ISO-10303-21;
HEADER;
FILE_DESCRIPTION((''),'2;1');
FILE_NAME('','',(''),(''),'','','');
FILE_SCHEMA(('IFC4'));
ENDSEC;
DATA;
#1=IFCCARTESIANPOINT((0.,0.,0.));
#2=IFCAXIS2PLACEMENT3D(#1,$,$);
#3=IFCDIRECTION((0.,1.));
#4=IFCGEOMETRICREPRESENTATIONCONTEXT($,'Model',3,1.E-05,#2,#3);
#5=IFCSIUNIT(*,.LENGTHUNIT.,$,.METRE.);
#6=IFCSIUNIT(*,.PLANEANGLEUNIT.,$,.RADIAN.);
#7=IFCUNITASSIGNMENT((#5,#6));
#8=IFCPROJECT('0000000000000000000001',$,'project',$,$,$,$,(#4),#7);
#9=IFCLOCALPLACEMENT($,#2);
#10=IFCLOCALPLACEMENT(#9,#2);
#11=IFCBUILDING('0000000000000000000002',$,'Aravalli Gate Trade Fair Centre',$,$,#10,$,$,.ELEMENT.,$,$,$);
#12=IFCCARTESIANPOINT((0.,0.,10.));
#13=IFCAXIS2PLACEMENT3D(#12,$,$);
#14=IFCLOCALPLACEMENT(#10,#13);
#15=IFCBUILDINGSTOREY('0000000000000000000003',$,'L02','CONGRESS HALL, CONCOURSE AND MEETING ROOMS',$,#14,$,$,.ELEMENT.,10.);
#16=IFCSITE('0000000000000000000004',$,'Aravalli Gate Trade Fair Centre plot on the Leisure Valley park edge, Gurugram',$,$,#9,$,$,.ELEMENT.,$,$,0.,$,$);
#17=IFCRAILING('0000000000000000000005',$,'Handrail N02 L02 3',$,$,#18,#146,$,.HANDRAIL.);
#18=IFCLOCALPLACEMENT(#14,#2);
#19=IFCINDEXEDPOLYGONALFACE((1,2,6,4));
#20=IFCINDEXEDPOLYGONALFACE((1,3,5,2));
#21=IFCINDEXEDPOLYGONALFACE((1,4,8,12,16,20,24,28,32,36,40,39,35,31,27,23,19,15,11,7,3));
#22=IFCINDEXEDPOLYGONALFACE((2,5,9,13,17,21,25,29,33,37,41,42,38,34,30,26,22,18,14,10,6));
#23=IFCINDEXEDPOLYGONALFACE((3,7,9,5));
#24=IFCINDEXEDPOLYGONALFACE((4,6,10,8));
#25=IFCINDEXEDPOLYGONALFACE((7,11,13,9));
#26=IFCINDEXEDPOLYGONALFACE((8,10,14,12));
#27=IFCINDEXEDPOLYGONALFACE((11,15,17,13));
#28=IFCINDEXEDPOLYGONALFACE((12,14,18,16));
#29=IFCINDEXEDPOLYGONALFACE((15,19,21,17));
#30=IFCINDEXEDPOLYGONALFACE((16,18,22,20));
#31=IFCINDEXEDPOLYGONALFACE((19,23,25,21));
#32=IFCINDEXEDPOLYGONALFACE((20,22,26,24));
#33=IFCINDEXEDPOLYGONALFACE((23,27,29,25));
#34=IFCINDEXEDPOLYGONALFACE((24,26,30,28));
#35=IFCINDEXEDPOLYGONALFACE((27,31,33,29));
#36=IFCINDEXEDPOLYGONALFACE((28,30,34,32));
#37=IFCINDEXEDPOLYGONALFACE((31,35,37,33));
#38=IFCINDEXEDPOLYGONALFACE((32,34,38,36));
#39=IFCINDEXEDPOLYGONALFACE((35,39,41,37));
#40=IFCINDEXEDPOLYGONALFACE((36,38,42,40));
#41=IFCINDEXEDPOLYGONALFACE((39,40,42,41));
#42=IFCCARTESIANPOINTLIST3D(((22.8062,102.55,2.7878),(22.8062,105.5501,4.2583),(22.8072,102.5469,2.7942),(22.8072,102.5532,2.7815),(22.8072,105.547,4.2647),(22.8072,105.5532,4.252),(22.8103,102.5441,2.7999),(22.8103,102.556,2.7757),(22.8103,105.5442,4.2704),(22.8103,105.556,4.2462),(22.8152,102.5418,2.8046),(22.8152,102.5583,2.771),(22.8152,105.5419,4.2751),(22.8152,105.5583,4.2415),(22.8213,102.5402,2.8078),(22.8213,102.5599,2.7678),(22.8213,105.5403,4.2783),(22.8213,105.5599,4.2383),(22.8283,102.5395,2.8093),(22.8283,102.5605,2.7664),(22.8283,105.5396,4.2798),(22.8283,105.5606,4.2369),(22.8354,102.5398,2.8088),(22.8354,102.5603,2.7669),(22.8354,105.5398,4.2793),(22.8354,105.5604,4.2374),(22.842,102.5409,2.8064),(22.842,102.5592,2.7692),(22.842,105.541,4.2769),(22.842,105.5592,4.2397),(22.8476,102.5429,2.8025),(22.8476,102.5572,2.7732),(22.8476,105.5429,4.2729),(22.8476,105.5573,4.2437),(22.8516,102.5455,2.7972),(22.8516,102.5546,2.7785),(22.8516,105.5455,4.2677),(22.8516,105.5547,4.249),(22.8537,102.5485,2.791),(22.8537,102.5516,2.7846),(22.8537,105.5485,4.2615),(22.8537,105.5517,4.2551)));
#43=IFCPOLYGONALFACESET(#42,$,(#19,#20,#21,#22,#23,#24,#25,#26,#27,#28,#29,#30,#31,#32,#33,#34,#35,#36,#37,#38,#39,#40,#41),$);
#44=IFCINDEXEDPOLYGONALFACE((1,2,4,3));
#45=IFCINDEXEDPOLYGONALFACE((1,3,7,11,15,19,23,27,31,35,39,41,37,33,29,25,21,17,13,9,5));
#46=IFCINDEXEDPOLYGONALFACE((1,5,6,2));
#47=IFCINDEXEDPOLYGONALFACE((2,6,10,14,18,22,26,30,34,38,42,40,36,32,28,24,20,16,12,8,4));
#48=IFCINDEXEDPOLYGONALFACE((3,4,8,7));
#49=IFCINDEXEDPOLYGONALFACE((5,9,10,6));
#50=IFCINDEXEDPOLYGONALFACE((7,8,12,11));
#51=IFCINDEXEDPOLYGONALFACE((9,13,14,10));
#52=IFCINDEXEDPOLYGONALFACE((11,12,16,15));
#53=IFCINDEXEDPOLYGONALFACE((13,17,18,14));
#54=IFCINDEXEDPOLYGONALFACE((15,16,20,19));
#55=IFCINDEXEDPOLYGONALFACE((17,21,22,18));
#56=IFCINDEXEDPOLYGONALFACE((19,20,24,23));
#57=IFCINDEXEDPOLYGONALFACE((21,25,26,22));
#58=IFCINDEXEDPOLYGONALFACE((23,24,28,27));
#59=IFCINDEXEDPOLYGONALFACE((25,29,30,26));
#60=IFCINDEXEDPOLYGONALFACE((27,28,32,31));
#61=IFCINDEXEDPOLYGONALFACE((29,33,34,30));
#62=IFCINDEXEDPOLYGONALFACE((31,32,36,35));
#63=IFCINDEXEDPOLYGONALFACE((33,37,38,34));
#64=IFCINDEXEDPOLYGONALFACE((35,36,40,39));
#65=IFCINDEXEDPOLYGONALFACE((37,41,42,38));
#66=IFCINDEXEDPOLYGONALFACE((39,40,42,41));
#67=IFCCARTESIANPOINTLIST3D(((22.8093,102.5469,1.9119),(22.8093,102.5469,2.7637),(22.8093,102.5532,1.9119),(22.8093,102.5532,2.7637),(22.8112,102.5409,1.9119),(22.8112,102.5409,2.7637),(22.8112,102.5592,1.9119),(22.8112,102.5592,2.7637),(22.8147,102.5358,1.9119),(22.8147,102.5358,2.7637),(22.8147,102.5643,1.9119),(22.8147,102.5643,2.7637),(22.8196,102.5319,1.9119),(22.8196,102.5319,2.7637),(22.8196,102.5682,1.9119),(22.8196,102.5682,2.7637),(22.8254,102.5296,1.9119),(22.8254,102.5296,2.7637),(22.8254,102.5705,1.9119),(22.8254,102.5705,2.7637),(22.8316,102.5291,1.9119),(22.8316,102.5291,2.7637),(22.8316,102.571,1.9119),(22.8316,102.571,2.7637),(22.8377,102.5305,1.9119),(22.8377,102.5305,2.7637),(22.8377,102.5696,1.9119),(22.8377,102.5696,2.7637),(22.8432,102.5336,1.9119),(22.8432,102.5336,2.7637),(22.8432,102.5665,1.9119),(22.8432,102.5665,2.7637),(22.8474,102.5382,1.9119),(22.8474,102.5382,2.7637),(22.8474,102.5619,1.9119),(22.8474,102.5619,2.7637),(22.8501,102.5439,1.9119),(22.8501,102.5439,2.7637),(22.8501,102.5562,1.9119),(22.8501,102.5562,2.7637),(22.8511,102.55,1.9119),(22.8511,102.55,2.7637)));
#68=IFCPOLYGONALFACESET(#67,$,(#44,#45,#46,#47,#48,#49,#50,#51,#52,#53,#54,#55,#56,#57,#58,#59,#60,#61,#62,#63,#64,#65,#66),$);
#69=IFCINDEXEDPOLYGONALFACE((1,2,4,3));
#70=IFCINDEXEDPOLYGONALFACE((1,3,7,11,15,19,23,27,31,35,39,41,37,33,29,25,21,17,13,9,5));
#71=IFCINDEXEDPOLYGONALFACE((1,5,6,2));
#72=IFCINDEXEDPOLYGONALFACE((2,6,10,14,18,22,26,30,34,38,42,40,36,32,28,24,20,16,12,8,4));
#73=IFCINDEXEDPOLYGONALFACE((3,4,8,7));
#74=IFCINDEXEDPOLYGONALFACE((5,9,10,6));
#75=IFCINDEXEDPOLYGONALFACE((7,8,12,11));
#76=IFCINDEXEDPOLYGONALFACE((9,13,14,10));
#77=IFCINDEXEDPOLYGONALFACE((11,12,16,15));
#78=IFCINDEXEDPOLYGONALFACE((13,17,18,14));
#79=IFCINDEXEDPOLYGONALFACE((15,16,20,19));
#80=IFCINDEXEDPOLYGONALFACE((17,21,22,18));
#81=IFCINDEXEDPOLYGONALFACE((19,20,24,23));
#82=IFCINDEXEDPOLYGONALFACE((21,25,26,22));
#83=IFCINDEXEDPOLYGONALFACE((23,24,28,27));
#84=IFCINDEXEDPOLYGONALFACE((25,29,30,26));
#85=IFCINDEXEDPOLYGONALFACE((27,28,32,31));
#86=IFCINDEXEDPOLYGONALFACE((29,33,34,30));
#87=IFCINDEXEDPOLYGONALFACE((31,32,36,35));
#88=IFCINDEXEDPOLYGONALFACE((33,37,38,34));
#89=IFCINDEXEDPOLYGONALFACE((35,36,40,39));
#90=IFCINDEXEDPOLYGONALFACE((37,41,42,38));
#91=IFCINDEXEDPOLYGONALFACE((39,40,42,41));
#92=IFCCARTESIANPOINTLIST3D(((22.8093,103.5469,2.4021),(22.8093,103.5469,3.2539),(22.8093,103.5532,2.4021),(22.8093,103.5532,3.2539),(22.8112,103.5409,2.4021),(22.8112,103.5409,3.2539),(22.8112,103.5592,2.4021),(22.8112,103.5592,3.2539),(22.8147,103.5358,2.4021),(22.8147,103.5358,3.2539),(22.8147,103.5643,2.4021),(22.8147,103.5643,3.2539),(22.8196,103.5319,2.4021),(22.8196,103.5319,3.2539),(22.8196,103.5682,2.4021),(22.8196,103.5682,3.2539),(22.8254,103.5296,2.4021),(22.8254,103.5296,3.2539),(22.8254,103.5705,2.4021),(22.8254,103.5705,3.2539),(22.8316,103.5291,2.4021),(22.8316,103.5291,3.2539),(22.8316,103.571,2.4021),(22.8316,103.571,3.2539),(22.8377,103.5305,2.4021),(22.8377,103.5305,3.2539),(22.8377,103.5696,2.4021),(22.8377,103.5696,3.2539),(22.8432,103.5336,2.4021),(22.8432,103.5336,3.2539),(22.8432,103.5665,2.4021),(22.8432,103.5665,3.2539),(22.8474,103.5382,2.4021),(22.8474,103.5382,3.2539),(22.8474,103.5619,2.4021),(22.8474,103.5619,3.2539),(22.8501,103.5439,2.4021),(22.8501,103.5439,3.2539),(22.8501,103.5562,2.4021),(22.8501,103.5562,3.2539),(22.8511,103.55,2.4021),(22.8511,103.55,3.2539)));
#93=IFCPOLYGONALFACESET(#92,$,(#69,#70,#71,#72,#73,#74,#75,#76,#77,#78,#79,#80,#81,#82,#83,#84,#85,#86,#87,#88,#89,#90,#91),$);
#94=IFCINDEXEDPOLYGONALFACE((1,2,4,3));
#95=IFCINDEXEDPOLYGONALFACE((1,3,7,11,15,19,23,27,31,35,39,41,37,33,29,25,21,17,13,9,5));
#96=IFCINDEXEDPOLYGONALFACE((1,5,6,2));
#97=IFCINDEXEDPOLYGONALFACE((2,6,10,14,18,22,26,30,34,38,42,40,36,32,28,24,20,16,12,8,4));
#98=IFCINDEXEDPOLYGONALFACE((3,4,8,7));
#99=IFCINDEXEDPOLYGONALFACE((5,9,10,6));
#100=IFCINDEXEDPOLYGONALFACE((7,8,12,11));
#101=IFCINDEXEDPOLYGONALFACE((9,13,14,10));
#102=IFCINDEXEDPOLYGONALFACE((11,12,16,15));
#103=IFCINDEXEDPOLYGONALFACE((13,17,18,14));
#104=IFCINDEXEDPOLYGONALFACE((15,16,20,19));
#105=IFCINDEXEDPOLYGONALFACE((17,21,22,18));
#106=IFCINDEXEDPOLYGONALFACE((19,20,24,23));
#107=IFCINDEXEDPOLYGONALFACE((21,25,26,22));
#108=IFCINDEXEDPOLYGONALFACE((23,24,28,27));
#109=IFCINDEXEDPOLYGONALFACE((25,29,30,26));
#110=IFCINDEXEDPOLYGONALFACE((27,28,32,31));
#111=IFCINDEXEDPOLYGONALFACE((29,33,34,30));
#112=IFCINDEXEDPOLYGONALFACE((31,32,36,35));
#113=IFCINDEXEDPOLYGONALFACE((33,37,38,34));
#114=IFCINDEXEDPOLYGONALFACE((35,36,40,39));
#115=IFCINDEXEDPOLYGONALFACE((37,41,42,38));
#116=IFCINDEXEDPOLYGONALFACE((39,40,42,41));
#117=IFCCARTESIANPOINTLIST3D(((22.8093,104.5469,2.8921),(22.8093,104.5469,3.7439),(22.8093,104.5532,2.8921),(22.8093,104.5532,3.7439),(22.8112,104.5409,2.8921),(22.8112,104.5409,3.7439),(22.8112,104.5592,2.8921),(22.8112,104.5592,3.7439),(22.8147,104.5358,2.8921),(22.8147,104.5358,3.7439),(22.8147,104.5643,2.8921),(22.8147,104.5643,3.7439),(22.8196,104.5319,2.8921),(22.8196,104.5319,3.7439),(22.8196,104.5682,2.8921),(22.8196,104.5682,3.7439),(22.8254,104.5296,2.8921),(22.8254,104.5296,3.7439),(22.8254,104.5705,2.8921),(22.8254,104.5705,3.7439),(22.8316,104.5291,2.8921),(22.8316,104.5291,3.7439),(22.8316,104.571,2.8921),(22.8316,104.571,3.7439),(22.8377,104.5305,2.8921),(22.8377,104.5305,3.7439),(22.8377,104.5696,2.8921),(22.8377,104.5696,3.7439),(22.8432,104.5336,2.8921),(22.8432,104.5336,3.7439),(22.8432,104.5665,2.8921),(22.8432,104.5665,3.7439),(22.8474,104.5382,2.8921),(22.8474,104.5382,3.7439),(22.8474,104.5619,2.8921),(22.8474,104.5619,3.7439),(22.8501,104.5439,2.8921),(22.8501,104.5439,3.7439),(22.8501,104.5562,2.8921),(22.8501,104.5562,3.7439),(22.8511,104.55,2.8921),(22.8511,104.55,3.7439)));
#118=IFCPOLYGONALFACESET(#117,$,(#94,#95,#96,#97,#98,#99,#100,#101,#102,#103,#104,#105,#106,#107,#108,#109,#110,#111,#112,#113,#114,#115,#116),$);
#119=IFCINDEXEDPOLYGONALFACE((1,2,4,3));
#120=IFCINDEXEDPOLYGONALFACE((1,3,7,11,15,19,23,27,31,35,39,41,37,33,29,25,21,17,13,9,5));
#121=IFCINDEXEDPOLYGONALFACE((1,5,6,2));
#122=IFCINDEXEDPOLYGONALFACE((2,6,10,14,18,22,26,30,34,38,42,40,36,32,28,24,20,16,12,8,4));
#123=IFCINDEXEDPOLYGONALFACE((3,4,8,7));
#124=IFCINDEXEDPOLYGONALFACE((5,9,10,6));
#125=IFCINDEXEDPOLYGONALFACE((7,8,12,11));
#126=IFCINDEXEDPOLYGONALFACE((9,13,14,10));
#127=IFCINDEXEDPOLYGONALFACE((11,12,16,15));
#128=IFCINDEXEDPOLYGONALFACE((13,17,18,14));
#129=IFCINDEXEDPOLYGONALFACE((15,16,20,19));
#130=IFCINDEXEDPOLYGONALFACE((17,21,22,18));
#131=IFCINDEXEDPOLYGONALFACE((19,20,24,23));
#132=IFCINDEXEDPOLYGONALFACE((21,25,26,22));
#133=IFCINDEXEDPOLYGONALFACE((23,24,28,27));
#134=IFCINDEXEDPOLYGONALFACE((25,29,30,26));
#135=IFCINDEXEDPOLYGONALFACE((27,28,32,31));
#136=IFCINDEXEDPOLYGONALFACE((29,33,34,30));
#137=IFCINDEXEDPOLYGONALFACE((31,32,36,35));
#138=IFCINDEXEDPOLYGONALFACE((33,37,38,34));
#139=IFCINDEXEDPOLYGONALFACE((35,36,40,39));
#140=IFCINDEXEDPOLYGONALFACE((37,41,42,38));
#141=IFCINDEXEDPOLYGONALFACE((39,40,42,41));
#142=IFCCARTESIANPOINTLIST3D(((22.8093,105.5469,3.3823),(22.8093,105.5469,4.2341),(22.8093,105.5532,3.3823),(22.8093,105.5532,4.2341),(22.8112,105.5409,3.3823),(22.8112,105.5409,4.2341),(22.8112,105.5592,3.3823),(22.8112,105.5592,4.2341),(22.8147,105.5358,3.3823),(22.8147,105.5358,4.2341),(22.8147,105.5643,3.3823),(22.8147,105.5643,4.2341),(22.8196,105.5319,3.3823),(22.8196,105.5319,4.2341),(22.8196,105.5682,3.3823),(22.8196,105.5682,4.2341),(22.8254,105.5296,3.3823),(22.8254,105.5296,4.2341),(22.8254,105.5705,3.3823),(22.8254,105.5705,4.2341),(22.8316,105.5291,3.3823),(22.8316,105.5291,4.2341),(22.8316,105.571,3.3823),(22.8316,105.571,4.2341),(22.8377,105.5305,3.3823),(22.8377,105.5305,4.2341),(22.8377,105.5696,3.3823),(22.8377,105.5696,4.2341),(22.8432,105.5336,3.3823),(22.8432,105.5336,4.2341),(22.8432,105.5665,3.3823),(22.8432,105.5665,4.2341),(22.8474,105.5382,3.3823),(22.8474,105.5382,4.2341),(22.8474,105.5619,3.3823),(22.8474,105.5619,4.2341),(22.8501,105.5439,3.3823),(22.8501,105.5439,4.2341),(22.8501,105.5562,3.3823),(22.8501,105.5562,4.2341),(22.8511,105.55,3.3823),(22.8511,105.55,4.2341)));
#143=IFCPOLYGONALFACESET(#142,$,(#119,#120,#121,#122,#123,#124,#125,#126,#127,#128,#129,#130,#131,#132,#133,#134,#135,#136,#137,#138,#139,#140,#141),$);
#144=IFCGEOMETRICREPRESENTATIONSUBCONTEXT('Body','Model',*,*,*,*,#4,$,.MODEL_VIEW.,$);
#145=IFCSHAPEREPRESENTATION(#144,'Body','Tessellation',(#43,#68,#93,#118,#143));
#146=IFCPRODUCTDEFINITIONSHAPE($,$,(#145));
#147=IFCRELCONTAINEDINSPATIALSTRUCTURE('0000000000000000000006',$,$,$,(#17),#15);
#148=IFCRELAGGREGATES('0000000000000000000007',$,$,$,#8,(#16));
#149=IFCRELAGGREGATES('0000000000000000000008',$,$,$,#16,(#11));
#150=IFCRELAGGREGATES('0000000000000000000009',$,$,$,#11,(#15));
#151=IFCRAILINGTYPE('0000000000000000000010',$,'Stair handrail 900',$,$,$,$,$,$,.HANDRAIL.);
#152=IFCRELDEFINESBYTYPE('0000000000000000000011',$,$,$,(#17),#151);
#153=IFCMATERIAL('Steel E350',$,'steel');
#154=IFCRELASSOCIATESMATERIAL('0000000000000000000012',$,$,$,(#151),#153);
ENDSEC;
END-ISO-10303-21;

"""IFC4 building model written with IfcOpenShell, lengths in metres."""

from ifc_helpers import new_model, si_unit, direction, frame, origin, origin_2d, place, context, subcontext, project, spatial, circle, extrude, material, type_object, element, save


model = new_model("IFC4")

# Units and contexts
model_context = context("Model", 3, precision=1e-05, world=origin(), true_north=direction((0.0, 1.0)))
body_context = subcontext(model_context, "Body", "Model", "MODEL_VIEW")
ifc_project = project(units=[si_unit("LENGTHUNIT", "METRE"), si_unit("PLANEANGLEUNIT", "RADIAN")], contexts=[model_context])

# Site, building, storey
site_placement = place(None, origin())
site = spatial("IfcSite", under=ifc_project, at=site_placement, Name="Aravalli Gate Trade Fair Centre plot on the Leisure Valley park edge, Gurugram", CompositionType="ELEMENT", RefElevation=0.0)
building_placement = place(site_placement, origin())
building = spatial("IfcBuilding", under=site, at=building_placement, Name="Aravalli Gate Trade Fair Centre", CompositionType="ELEMENT")
storey_placement = place(building_placement, frame((0.0, 0.0, 10.0)))
storey = spatial("IfcBuildingStorey", under=building, at=storey_placement, Name="L02", Description="CONGRESS HALL, CONCOURSE AND MEETING ROOMS", CompositionType="ELEMENT", Elevation=10.0)

# Shared definitions
ifc_material_1 = material(Name="Steel E350", Category="steel")

# Railing
railing_type_1 = type_object("IfcRailingType", Name="Stair handrail 900", PredefinedType="HANDRAIL", material=ifc_material_1)
for number, where, name in (
    (1, (22.8301, 102.55, 1.9119), "Handrail N02 L02 3"),
):
    element("IfcRailing", number, at=place(storey_placement, frame(where)), inside=storey, type_object=railing_type_1, Name=name, PredefinedType="HANDRAIL", context=body_context, shape_type="SweptSolid", body=[
        extrude(circle(Radius=0.0239, at=origin_2d()), frame((0.0, 0.0, 0.876), z_axis=(0.0, 0.897936, 0.440126), x_axis=(-1.0, 0.0, 0.0)), (0.0, 0.0, 1.0), 3.3411),
        extrude(circle(Radius=0.021, at=origin_2d()), origin(), (0.0, 0.0, 1.0), 0.8518),
        extrude(circle(Radius=0.021, at=origin_2d()), frame((0.0, 1.0, 0.4902)), (0.0, 0.0, 1.0), 0.8518),
        extrude(circle(Radius=0.021, at=origin_2d()), frame((0.0, 2.0, 0.9802)), (0.0, 0.0, 1.0), 0.8518),
        extrude(circle(Radius=0.021, at=origin_2d()), frame((0.0, 3.0, 1.4705)), (0.0, 0.0, 1.0), 0.8518),
    ])

save(model, "model.ifc")
